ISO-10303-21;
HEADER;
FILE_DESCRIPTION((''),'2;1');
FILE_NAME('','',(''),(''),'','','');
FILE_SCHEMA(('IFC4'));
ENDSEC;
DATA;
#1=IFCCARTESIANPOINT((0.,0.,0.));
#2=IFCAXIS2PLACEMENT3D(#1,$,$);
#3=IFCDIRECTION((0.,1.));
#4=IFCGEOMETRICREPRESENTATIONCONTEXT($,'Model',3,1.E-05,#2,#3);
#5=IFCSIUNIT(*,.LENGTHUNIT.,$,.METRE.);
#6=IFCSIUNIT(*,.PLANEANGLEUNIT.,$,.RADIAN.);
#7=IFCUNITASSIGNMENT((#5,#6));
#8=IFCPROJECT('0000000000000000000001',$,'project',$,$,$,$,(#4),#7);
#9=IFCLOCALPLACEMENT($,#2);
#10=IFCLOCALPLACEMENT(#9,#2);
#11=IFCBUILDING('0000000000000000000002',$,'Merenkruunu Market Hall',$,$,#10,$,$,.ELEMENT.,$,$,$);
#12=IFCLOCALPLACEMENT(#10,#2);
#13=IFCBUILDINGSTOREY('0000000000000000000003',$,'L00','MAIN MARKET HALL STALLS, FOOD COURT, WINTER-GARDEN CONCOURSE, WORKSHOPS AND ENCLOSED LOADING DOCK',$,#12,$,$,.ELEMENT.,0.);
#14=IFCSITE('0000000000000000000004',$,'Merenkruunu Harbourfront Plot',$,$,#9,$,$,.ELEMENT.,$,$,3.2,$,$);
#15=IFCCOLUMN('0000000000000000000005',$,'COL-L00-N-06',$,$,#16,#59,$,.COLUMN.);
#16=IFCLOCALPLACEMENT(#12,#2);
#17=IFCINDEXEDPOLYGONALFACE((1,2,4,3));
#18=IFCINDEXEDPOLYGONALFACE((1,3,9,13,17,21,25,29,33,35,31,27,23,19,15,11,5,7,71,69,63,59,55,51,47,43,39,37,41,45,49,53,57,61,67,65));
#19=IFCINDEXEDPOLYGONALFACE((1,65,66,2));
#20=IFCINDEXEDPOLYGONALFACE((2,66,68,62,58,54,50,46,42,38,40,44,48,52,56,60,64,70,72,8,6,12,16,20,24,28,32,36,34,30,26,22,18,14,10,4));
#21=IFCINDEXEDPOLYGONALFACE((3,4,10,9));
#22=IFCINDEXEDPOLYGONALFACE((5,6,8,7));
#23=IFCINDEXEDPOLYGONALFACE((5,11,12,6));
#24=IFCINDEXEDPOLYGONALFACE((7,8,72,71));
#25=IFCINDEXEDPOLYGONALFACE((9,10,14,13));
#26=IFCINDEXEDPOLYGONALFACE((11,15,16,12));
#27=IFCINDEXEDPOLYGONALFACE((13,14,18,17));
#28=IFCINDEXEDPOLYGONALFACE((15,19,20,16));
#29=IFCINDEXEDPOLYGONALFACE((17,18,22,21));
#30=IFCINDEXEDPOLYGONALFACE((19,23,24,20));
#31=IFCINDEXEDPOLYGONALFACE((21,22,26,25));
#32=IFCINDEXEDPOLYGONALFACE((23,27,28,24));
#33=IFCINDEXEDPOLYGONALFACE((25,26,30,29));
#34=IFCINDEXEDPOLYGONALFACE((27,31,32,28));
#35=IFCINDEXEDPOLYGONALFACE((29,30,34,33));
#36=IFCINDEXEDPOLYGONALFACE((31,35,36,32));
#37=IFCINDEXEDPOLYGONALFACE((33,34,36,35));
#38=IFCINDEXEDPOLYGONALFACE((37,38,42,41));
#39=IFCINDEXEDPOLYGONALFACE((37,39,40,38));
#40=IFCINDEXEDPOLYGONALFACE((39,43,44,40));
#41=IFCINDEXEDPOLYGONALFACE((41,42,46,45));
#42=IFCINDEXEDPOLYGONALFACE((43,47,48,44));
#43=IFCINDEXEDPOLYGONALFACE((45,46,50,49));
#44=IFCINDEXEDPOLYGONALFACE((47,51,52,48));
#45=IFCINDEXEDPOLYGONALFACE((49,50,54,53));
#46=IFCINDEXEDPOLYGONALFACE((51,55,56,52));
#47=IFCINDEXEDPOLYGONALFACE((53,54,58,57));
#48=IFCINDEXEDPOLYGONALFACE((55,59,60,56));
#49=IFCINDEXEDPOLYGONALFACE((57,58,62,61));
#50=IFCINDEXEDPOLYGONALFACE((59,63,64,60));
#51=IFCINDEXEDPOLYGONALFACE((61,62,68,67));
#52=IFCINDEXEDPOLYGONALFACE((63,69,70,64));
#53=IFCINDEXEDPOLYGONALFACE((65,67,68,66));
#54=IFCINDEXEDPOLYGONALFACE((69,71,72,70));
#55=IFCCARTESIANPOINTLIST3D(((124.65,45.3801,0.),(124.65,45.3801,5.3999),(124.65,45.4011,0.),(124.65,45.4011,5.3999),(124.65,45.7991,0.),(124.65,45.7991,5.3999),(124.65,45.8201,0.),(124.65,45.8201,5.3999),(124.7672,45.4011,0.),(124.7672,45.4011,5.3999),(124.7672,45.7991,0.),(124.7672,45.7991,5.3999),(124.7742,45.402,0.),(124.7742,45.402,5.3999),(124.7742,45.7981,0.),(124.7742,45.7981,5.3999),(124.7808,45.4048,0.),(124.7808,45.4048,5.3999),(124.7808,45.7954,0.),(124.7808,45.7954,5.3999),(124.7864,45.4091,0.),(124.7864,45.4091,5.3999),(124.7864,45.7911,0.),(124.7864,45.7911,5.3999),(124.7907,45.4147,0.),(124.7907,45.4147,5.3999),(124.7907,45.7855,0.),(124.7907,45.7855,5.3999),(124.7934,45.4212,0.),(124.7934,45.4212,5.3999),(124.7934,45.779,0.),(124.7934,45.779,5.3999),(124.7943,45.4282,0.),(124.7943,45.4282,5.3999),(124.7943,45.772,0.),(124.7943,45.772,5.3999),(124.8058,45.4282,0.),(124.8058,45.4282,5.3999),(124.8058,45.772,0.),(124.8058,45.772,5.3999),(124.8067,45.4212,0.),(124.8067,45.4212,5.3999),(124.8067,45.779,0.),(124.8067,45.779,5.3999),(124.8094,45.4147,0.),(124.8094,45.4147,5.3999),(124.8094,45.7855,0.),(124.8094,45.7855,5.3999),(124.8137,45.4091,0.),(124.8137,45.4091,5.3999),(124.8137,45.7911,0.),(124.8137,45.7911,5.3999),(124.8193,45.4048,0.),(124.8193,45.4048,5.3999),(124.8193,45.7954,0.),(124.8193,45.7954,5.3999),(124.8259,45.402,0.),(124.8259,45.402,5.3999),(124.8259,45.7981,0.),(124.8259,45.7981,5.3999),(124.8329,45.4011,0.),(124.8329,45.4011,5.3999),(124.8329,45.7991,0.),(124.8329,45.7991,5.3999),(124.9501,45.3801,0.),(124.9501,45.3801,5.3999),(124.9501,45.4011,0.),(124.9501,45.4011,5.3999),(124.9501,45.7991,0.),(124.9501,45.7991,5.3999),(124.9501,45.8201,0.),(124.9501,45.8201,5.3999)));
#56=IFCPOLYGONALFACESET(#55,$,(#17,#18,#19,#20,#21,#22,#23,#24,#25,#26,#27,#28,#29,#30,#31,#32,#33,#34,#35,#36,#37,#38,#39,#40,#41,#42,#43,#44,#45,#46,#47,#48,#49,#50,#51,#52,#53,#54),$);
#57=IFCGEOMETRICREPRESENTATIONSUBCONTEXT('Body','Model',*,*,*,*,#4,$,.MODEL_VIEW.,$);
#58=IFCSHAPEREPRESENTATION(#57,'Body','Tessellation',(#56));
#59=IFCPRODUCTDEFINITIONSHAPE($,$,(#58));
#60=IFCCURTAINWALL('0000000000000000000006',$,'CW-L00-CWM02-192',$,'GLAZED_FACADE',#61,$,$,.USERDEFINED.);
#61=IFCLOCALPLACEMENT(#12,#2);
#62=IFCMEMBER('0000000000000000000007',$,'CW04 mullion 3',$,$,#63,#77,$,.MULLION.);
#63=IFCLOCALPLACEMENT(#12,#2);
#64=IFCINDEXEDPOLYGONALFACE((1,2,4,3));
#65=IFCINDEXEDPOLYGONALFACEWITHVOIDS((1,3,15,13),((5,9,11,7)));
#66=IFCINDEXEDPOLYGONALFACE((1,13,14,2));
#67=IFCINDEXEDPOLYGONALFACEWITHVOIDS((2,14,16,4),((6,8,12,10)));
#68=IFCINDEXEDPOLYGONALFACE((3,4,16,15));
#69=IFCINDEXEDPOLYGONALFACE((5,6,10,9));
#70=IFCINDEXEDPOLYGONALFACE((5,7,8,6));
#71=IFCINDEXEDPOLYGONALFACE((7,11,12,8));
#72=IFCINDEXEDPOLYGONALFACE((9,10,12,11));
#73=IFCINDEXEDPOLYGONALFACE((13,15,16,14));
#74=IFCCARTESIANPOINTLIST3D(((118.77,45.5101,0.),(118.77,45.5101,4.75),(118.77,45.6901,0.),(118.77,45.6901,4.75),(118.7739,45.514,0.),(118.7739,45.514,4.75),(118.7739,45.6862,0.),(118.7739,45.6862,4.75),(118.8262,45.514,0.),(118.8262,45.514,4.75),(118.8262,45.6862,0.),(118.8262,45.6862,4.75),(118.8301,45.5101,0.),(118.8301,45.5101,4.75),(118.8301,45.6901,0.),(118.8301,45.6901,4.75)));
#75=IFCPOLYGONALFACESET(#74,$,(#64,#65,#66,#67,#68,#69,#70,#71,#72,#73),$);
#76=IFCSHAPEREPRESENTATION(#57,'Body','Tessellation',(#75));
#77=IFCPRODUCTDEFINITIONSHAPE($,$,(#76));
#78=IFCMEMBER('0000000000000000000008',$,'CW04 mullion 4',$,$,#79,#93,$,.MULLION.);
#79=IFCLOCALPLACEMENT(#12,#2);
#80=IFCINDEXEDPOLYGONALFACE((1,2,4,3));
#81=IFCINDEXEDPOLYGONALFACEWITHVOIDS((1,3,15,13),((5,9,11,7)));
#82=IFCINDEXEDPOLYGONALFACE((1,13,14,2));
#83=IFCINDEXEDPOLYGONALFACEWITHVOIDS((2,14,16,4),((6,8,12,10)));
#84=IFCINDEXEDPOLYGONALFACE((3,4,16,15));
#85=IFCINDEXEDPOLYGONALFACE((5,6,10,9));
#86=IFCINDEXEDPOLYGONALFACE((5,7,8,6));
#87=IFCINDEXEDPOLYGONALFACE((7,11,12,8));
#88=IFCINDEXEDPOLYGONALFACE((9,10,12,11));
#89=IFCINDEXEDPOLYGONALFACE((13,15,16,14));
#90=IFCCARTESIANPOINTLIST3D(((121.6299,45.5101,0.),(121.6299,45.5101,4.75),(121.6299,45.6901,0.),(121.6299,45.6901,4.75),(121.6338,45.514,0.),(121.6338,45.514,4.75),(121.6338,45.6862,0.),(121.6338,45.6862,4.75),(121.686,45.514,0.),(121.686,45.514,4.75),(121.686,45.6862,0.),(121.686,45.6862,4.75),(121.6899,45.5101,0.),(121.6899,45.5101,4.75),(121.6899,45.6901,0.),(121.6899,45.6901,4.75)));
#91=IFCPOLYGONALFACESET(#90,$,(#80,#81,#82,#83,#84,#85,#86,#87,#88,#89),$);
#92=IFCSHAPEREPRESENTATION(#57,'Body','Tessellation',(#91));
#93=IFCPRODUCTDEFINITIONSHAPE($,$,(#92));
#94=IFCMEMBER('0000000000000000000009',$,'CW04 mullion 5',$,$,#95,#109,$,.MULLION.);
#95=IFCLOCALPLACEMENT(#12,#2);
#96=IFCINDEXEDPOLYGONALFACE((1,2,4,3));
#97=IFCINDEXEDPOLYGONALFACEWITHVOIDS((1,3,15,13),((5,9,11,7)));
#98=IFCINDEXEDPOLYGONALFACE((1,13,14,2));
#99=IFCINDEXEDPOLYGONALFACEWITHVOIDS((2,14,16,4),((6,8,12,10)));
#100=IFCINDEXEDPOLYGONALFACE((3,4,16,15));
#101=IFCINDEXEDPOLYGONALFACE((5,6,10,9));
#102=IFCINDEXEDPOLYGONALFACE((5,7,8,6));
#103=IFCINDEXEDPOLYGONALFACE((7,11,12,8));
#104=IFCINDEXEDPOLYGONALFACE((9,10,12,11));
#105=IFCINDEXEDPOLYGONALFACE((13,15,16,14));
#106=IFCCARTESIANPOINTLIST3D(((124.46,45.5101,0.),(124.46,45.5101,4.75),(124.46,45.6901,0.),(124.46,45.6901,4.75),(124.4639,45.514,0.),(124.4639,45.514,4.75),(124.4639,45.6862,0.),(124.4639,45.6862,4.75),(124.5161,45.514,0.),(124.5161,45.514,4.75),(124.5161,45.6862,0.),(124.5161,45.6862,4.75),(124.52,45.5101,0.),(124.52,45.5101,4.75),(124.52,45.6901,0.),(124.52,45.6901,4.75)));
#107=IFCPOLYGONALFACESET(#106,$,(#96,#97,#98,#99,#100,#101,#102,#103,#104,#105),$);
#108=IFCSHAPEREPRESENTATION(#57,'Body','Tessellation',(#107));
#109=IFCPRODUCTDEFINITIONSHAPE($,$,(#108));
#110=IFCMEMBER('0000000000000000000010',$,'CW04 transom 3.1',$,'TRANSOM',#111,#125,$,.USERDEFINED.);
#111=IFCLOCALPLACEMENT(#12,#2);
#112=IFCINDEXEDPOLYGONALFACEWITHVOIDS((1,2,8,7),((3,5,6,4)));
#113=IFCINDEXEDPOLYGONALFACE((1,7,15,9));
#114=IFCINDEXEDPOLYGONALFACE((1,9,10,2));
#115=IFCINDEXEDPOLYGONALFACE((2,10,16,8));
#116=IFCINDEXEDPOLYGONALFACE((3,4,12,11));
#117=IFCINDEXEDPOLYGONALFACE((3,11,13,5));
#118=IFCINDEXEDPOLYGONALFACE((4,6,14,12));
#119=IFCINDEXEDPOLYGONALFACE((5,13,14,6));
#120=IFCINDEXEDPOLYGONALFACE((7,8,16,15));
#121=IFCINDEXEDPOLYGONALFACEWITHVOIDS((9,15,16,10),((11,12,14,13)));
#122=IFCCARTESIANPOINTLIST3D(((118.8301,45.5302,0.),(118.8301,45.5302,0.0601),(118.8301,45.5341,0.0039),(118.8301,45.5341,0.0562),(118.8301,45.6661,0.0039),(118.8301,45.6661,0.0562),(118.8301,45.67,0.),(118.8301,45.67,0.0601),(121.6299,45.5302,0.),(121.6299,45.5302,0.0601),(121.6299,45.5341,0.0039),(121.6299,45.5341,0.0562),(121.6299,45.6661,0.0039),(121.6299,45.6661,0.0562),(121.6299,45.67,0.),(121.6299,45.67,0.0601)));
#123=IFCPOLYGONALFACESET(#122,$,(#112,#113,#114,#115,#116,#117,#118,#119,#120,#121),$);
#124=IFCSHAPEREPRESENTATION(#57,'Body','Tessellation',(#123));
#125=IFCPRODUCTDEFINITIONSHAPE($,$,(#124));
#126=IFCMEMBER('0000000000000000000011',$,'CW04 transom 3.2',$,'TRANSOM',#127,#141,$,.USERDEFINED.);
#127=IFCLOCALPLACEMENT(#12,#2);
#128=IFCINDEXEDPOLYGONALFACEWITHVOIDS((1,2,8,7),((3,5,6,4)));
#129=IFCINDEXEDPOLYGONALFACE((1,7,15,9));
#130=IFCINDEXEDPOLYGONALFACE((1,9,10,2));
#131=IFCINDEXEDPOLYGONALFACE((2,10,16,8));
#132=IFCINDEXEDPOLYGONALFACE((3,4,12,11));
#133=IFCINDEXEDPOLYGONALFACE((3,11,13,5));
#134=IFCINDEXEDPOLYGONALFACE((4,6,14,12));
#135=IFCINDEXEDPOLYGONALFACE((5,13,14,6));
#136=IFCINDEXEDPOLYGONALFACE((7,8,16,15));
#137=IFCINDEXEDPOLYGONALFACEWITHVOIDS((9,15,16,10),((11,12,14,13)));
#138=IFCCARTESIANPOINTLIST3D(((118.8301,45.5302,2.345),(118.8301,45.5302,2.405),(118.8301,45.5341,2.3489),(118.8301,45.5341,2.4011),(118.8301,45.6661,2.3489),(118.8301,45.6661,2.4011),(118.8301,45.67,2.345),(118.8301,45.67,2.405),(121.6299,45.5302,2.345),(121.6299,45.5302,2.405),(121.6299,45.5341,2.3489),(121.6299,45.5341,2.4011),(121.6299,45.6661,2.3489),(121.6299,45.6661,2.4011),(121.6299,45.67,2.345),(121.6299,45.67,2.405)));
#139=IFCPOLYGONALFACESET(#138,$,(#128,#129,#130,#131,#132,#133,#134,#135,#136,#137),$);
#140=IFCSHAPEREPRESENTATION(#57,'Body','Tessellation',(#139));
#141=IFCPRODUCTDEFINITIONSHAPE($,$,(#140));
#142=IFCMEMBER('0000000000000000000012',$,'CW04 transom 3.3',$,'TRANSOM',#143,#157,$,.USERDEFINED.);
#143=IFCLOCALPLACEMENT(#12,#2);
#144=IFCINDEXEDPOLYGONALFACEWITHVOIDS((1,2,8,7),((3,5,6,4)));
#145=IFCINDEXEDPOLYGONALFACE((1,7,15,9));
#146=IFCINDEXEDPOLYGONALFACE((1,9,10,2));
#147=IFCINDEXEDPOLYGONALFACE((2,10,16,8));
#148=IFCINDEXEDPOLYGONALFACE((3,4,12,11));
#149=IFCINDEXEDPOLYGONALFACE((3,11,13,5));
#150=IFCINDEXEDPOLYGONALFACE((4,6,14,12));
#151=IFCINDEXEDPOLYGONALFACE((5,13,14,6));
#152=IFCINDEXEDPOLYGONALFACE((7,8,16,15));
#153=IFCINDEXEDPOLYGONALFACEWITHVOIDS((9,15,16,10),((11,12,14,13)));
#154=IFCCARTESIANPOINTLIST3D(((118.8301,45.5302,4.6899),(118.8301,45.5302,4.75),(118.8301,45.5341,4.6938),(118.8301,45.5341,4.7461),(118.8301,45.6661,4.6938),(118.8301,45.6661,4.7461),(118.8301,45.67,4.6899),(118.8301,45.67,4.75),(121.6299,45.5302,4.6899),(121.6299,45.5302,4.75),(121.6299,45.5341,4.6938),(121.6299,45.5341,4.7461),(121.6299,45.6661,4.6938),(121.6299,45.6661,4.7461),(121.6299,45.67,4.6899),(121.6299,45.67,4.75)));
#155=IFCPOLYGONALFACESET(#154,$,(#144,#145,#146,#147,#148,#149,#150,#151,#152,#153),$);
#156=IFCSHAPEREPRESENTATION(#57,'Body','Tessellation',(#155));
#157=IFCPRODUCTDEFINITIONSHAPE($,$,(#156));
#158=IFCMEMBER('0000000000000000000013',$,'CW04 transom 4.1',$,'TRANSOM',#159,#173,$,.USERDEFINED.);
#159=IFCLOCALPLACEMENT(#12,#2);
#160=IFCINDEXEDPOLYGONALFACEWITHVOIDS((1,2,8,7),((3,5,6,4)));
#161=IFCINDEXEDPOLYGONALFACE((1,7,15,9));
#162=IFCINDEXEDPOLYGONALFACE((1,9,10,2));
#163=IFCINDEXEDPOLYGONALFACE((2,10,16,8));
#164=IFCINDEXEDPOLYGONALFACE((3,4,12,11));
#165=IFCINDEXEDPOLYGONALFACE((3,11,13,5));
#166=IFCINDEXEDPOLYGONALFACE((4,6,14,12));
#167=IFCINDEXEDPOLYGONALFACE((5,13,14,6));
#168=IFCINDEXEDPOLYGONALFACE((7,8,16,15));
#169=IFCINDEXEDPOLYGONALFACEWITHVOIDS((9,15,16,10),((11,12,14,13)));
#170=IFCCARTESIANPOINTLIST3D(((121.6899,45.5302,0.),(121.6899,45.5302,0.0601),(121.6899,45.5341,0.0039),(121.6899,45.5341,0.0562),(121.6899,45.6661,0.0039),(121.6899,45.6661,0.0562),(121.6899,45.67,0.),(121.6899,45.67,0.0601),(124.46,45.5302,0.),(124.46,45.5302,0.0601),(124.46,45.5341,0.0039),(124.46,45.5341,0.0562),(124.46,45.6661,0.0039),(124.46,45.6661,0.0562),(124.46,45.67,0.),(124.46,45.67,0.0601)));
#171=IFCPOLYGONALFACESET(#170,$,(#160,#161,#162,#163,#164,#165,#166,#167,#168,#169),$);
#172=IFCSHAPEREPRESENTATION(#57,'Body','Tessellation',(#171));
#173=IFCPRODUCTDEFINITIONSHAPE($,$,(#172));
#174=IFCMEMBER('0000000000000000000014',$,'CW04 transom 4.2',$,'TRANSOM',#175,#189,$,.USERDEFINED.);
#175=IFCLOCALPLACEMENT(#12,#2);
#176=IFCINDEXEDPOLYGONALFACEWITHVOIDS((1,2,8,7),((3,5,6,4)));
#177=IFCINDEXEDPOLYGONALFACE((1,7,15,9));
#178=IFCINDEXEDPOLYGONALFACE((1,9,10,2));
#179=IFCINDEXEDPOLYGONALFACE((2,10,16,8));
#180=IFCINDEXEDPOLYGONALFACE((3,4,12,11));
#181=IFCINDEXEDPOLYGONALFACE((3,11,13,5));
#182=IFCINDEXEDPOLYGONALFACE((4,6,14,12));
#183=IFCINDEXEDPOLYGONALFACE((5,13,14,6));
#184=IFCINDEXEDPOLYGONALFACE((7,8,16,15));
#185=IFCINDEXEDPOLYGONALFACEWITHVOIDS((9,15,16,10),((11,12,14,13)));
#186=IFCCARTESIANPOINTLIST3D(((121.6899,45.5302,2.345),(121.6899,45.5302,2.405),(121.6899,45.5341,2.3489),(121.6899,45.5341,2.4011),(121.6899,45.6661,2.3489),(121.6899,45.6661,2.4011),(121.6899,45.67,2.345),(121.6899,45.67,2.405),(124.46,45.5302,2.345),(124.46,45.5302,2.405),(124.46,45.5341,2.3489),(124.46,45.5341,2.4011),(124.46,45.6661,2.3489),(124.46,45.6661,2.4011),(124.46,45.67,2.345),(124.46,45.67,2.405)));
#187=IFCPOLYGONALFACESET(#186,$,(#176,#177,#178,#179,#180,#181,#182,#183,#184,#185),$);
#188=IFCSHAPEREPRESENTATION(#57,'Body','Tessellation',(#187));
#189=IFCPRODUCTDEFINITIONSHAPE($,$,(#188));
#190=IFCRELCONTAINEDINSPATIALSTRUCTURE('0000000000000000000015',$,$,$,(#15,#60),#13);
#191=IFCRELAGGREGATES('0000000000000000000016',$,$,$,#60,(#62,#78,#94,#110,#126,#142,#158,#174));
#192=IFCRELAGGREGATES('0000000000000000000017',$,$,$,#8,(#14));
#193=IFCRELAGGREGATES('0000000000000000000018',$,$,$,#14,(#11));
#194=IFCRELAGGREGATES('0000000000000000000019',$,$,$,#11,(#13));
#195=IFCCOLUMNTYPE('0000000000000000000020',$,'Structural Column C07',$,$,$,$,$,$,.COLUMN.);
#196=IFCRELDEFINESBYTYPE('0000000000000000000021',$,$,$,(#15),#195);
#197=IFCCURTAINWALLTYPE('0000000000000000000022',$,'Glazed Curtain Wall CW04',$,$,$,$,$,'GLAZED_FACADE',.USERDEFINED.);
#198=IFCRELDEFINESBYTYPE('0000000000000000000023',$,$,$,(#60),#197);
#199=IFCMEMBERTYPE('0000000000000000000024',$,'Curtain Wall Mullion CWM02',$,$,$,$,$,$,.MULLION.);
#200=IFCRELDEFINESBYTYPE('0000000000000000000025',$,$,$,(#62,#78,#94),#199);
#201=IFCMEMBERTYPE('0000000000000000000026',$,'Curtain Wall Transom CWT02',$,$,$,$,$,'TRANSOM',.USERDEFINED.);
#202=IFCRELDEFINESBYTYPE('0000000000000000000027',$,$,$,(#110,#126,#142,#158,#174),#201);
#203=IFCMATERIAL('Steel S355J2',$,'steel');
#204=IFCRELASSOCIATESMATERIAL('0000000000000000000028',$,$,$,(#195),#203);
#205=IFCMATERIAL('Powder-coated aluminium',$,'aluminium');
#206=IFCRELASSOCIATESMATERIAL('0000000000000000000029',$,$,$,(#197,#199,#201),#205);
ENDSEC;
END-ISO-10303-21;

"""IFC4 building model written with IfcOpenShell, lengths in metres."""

from ifc_helpers import new_model, si_unit, direction, frame, origin, origin_2d, place, context, subcontext, project, spatial, hollow_rectangle, i_section, extrude, material, material_profile, profile_set, type_object, element, aggregate, save


model = new_model("IFC4")

# Units and contexts
model_context = context("Model", 3, precision=1e-05, world=origin(), true_north=direction((0.0, 1.0)))
body_context = subcontext(model_context, "Body", "Model", "MODEL_VIEW")
ifc_project = project(units=[si_unit("LENGTHUNIT", "METRE"), si_unit("PLANEANGLEUNIT", "RADIAN")], contexts=[model_context])

# Site, building, storey
site_placement = place(None, origin())
site = spatial("IfcSite", under=ifc_project, at=site_placement, Name="Merenkruunu Harbourfront Plot", CompositionType="ELEMENT", RefElevation=3.2)
building_placement = place(site_placement, origin())
building = spatial("IfcBuilding", under=site, at=building_placement, Name="Merenkruunu Market Hall", CompositionType="ELEMENT")
storey_placement = place(building_placement, origin())
storey = spatial("IfcBuildingStorey", under=building, at=storey_placement, Name="L00", Description="MAIN MARKET HALL STALLS, FOOD COURT, WINTER-GARDEN CONCOURSE, WORKSHOPS AND ENCLOSED LOADING DOCK", CompositionType="ELEMENT", Elevation=0.0)

# Column
ifc_material_1 = material(Name="Steel S355J2", Category="steel")
ifc_material_profile_1 = material_profile(ifc_material_1, i_section(OverallWidth=0.3, OverallDepth=0.4399, WebThickness=0.0115, FlangeThickness=0.021, FilletRadius=0.0271, at=origin_2d()), Name="HEA 450")
ifc_profile_set_1 = profile_set([ifc_material_profile_1], Name="Steel S355J2")
column_type = type_object("IfcColumnType", Name="Structural Column C07", PredefinedType="COLUMN", material=ifc_profile_set_1)
column_placement = place(storey_placement, frame((124.8, 45.6001, 0.0), z_axis=(0.0, 0.0, 1.0), x_axis=(1.0, 0.0, 0.0)))
element("IfcColumn", 1, at=column_placement, inside=storey, type_object=column_type, Name="COL-L00-N-06", PredefinedType="COLUMN", context=body_context, shape_type="SweptSolid", body=[
    extrude(i_section(OverallWidth=0.3, OverallDepth=0.4399, WebThickness=0.0115, FlangeThickness=0.021, FilletRadius=0.0271, at=origin_2d()), origin(), (0.0, 0.0, 1.0), 5.3999),
])

# Curtain wall, members
ifc_material_2 = material(Name="Powder-coated aluminium", Category="aluminium")
curtain_wall_type = type_object("IfcCurtainWallType", Name="Glazed Curtain Wall CW04", ElementType="GLAZED_FACADE", PredefinedType="USERDEFINED", material=ifc_material_2)
curtain_wall_placement = place(storey_placement, origin())
curtain_wall = element("IfcCurtainWall", 2, at=curtain_wall_placement, inside=storey, type_object=curtain_wall_type, Name="CW-L00-CWM02-192", ObjectType="GLAZED_FACADE", PredefinedType="USERDEFINED")
ifc_material_profile_2 = material_profile(ifc_material_2, hollow_rectangle(XDim=0.0601, YDim=0.1799, WallThickness=0.0039, at=origin_2d()), Name="ALU 60x180x4")
ifc_profile_set_2 = profile_set([ifc_material_profile_2], Name="Powder-coated aluminium")
member_type_1 = type_object("IfcMemberType", Name="Curtain Wall Mullion CWM02", PredefinedType="MULLION", material=ifc_profile_set_2)
member_1_placement = place(storey_placement, frame((118.8, 45.6001, 0.0), z_axis=(0.0, 0.0, 1.0), x_axis=(1.0, 0.0, 0.0)))
member_1 = element("IfcMember", 3, at=member_1_placement, type_object=member_type_1, Name="CW04 mullion 3", PredefinedType="MULLION", context=body_context, shape_type="SweptSolid", body=[
    extrude(hollow_rectangle(XDim=0.0601, YDim=0.1799, WallThickness=0.0039, at=origin_2d()), origin(), (0.0, 0.0, 1.0), 4.75),
])
member_2_placement = place(storey_placement, frame((121.6599, 45.6001, 0.0), z_axis=(0.0, 0.0, 1.0), x_axis=(1.0, 0.0, 0.0)))
member_2 = element("IfcMember", 4, at=member_2_placement, type_object=member_type_1, Name="CW04 mullion 4", PredefinedType="MULLION", context=body_context, shape_type="SweptSolid", body=[
    extrude(hollow_rectangle(XDim=0.0601, YDim=0.1799, WallThickness=0.0039, at=origin_2d()), origin(), (0.0, 0.0, 1.0), 4.75),
])
member_3_placement = place(storey_placement, frame((124.49, 45.6001, 0.0), z_axis=(0.0, 0.0, 1.0), x_axis=(1.0, 0.0, 0.0)))
member_3 = element("IfcMember", 5, at=member_3_placement, type_object=member_type_1, Name="CW04 mullion 5", PredefinedType="MULLION", context=body_context, shape_type="SweptSolid", body=[
    extrude(hollow_rectangle(XDim=0.0601, YDim=0.1799, WallThickness=0.0039, at=origin_2d()), origin(), (0.0, 0.0, 1.0), 4.75),
])
ifc_material_profile_3 = material_profile(ifc_material_2, hollow_rectangle(XDim=0.0601, YDim=0.1399, WallThickness=0.0039, at=origin_2d()), Name="ALU 60x140x4")
ifc_profile_set_3 = profile_set([ifc_material_profile_3], Name="Powder-coated aluminium")
member_type_2 = type_object("IfcMemberType", Name="Curtain Wall Transom CWT02", ElementType="TRANSOM", PredefinedType="USERDEFINED", material=ifc_profile_set_3)
member_4_placement = place(storey_placement, frame((118.8301, 45.6001, 0.03), z_axis=(1.0, 0.0, 0.0), x_axis=(0.0, 0.0, 1.0)))
member_4 = element("IfcMember", 6, at=member_4_placement, type_object=member_type_2, Name="CW04 transom 3.1", ObjectType="TRANSOM", PredefinedType="USERDEFINED", context=body_context, shape_type="SweptSolid", body=[
    extrude(hollow_rectangle(XDim=0.0601, YDim=0.1399, WallThickness=0.0039, at=origin_2d()), origin(), (0.0, 0.0, 1.0), 2.7998),
])
member_5_placement = place(storey_placement, frame((118.8301, 45.6001, 2.375), z_axis=(1.0, 0.0, 0.0), x_axis=(0.0, 0.0, 1.0)))
member_5 = element("IfcMember", 7, at=member_5_placement, type_object=member_type_2, Name="CW04 transom 3.2", ObjectType="TRANSOM", PredefinedType="USERDEFINED", context=body_context, shape_type="SweptSolid", body=[
    extrude(hollow_rectangle(XDim=0.0601, YDim=0.1399, WallThickness=0.0039, at=origin_2d()), origin(), (0.0, 0.0, 1.0), 2.7998),
])
member_6_placement = place(storey_placement, frame((118.8301, 45.6001, 4.72), z_axis=(1.0, 0.0, 0.0), x_axis=(0.0, 0.0, 1.0)))
member_6 = element("IfcMember", 8, at=member_6_placement, type_object=member_type_2, Name="CW04 transom 3.3", ObjectType="TRANSOM", PredefinedType="USERDEFINED", context=body_context, shape_type="SweptSolid", body=[
    extrude(hollow_rectangle(XDim=0.0601, YDim=0.1399, WallThickness=0.0039, at=origin_2d()), origin(), (0.0, 0.0, 1.0), 2.7998),
])
member_7_placement = place(storey_placement, frame((121.6899, 45.6001, 0.03), z_axis=(1.0, 0.0, 0.0), x_axis=(0.0, 0.0, 1.0)))
member_7 = element("IfcMember", 9, at=member_7_placement, type_object=member_type_2, Name="CW04 transom 4.1", ObjectType="TRANSOM", PredefinedType="USERDEFINED", context=body_context, shape_type="SweptSolid", body=[
    extrude(hollow_rectangle(XDim=0.0601, YDim=0.1399, WallThickness=0.0039, at=origin_2d()), origin(), (0.0, 0.0, 1.0), 2.77),
])
member_8_placement = place(storey_placement, frame((121.6899, 45.6001, 2.375), z_axis=(1.0, 0.0, 0.0), x_axis=(0.0, 0.0, 1.0)))
member_8 = element("IfcMember", 10, at=member_8_placement, type_object=member_type_2, Name="CW04 transom 4.2", ObjectType="TRANSOM", PredefinedType="USERDEFINED", context=body_context, shape_type="SweptSolid", body=[
    extrude(hollow_rectangle(XDim=0.0601, YDim=0.1399, WallThickness=0.0039, at=origin_2d()), origin(), (0.0, 0.0, 1.0), 2.77),
])

aggregate(curtain_wall, [member_1, member_2, member_3, member_4, member_5, member_6, member_7, member_8])

save(model, "model.ifc")
